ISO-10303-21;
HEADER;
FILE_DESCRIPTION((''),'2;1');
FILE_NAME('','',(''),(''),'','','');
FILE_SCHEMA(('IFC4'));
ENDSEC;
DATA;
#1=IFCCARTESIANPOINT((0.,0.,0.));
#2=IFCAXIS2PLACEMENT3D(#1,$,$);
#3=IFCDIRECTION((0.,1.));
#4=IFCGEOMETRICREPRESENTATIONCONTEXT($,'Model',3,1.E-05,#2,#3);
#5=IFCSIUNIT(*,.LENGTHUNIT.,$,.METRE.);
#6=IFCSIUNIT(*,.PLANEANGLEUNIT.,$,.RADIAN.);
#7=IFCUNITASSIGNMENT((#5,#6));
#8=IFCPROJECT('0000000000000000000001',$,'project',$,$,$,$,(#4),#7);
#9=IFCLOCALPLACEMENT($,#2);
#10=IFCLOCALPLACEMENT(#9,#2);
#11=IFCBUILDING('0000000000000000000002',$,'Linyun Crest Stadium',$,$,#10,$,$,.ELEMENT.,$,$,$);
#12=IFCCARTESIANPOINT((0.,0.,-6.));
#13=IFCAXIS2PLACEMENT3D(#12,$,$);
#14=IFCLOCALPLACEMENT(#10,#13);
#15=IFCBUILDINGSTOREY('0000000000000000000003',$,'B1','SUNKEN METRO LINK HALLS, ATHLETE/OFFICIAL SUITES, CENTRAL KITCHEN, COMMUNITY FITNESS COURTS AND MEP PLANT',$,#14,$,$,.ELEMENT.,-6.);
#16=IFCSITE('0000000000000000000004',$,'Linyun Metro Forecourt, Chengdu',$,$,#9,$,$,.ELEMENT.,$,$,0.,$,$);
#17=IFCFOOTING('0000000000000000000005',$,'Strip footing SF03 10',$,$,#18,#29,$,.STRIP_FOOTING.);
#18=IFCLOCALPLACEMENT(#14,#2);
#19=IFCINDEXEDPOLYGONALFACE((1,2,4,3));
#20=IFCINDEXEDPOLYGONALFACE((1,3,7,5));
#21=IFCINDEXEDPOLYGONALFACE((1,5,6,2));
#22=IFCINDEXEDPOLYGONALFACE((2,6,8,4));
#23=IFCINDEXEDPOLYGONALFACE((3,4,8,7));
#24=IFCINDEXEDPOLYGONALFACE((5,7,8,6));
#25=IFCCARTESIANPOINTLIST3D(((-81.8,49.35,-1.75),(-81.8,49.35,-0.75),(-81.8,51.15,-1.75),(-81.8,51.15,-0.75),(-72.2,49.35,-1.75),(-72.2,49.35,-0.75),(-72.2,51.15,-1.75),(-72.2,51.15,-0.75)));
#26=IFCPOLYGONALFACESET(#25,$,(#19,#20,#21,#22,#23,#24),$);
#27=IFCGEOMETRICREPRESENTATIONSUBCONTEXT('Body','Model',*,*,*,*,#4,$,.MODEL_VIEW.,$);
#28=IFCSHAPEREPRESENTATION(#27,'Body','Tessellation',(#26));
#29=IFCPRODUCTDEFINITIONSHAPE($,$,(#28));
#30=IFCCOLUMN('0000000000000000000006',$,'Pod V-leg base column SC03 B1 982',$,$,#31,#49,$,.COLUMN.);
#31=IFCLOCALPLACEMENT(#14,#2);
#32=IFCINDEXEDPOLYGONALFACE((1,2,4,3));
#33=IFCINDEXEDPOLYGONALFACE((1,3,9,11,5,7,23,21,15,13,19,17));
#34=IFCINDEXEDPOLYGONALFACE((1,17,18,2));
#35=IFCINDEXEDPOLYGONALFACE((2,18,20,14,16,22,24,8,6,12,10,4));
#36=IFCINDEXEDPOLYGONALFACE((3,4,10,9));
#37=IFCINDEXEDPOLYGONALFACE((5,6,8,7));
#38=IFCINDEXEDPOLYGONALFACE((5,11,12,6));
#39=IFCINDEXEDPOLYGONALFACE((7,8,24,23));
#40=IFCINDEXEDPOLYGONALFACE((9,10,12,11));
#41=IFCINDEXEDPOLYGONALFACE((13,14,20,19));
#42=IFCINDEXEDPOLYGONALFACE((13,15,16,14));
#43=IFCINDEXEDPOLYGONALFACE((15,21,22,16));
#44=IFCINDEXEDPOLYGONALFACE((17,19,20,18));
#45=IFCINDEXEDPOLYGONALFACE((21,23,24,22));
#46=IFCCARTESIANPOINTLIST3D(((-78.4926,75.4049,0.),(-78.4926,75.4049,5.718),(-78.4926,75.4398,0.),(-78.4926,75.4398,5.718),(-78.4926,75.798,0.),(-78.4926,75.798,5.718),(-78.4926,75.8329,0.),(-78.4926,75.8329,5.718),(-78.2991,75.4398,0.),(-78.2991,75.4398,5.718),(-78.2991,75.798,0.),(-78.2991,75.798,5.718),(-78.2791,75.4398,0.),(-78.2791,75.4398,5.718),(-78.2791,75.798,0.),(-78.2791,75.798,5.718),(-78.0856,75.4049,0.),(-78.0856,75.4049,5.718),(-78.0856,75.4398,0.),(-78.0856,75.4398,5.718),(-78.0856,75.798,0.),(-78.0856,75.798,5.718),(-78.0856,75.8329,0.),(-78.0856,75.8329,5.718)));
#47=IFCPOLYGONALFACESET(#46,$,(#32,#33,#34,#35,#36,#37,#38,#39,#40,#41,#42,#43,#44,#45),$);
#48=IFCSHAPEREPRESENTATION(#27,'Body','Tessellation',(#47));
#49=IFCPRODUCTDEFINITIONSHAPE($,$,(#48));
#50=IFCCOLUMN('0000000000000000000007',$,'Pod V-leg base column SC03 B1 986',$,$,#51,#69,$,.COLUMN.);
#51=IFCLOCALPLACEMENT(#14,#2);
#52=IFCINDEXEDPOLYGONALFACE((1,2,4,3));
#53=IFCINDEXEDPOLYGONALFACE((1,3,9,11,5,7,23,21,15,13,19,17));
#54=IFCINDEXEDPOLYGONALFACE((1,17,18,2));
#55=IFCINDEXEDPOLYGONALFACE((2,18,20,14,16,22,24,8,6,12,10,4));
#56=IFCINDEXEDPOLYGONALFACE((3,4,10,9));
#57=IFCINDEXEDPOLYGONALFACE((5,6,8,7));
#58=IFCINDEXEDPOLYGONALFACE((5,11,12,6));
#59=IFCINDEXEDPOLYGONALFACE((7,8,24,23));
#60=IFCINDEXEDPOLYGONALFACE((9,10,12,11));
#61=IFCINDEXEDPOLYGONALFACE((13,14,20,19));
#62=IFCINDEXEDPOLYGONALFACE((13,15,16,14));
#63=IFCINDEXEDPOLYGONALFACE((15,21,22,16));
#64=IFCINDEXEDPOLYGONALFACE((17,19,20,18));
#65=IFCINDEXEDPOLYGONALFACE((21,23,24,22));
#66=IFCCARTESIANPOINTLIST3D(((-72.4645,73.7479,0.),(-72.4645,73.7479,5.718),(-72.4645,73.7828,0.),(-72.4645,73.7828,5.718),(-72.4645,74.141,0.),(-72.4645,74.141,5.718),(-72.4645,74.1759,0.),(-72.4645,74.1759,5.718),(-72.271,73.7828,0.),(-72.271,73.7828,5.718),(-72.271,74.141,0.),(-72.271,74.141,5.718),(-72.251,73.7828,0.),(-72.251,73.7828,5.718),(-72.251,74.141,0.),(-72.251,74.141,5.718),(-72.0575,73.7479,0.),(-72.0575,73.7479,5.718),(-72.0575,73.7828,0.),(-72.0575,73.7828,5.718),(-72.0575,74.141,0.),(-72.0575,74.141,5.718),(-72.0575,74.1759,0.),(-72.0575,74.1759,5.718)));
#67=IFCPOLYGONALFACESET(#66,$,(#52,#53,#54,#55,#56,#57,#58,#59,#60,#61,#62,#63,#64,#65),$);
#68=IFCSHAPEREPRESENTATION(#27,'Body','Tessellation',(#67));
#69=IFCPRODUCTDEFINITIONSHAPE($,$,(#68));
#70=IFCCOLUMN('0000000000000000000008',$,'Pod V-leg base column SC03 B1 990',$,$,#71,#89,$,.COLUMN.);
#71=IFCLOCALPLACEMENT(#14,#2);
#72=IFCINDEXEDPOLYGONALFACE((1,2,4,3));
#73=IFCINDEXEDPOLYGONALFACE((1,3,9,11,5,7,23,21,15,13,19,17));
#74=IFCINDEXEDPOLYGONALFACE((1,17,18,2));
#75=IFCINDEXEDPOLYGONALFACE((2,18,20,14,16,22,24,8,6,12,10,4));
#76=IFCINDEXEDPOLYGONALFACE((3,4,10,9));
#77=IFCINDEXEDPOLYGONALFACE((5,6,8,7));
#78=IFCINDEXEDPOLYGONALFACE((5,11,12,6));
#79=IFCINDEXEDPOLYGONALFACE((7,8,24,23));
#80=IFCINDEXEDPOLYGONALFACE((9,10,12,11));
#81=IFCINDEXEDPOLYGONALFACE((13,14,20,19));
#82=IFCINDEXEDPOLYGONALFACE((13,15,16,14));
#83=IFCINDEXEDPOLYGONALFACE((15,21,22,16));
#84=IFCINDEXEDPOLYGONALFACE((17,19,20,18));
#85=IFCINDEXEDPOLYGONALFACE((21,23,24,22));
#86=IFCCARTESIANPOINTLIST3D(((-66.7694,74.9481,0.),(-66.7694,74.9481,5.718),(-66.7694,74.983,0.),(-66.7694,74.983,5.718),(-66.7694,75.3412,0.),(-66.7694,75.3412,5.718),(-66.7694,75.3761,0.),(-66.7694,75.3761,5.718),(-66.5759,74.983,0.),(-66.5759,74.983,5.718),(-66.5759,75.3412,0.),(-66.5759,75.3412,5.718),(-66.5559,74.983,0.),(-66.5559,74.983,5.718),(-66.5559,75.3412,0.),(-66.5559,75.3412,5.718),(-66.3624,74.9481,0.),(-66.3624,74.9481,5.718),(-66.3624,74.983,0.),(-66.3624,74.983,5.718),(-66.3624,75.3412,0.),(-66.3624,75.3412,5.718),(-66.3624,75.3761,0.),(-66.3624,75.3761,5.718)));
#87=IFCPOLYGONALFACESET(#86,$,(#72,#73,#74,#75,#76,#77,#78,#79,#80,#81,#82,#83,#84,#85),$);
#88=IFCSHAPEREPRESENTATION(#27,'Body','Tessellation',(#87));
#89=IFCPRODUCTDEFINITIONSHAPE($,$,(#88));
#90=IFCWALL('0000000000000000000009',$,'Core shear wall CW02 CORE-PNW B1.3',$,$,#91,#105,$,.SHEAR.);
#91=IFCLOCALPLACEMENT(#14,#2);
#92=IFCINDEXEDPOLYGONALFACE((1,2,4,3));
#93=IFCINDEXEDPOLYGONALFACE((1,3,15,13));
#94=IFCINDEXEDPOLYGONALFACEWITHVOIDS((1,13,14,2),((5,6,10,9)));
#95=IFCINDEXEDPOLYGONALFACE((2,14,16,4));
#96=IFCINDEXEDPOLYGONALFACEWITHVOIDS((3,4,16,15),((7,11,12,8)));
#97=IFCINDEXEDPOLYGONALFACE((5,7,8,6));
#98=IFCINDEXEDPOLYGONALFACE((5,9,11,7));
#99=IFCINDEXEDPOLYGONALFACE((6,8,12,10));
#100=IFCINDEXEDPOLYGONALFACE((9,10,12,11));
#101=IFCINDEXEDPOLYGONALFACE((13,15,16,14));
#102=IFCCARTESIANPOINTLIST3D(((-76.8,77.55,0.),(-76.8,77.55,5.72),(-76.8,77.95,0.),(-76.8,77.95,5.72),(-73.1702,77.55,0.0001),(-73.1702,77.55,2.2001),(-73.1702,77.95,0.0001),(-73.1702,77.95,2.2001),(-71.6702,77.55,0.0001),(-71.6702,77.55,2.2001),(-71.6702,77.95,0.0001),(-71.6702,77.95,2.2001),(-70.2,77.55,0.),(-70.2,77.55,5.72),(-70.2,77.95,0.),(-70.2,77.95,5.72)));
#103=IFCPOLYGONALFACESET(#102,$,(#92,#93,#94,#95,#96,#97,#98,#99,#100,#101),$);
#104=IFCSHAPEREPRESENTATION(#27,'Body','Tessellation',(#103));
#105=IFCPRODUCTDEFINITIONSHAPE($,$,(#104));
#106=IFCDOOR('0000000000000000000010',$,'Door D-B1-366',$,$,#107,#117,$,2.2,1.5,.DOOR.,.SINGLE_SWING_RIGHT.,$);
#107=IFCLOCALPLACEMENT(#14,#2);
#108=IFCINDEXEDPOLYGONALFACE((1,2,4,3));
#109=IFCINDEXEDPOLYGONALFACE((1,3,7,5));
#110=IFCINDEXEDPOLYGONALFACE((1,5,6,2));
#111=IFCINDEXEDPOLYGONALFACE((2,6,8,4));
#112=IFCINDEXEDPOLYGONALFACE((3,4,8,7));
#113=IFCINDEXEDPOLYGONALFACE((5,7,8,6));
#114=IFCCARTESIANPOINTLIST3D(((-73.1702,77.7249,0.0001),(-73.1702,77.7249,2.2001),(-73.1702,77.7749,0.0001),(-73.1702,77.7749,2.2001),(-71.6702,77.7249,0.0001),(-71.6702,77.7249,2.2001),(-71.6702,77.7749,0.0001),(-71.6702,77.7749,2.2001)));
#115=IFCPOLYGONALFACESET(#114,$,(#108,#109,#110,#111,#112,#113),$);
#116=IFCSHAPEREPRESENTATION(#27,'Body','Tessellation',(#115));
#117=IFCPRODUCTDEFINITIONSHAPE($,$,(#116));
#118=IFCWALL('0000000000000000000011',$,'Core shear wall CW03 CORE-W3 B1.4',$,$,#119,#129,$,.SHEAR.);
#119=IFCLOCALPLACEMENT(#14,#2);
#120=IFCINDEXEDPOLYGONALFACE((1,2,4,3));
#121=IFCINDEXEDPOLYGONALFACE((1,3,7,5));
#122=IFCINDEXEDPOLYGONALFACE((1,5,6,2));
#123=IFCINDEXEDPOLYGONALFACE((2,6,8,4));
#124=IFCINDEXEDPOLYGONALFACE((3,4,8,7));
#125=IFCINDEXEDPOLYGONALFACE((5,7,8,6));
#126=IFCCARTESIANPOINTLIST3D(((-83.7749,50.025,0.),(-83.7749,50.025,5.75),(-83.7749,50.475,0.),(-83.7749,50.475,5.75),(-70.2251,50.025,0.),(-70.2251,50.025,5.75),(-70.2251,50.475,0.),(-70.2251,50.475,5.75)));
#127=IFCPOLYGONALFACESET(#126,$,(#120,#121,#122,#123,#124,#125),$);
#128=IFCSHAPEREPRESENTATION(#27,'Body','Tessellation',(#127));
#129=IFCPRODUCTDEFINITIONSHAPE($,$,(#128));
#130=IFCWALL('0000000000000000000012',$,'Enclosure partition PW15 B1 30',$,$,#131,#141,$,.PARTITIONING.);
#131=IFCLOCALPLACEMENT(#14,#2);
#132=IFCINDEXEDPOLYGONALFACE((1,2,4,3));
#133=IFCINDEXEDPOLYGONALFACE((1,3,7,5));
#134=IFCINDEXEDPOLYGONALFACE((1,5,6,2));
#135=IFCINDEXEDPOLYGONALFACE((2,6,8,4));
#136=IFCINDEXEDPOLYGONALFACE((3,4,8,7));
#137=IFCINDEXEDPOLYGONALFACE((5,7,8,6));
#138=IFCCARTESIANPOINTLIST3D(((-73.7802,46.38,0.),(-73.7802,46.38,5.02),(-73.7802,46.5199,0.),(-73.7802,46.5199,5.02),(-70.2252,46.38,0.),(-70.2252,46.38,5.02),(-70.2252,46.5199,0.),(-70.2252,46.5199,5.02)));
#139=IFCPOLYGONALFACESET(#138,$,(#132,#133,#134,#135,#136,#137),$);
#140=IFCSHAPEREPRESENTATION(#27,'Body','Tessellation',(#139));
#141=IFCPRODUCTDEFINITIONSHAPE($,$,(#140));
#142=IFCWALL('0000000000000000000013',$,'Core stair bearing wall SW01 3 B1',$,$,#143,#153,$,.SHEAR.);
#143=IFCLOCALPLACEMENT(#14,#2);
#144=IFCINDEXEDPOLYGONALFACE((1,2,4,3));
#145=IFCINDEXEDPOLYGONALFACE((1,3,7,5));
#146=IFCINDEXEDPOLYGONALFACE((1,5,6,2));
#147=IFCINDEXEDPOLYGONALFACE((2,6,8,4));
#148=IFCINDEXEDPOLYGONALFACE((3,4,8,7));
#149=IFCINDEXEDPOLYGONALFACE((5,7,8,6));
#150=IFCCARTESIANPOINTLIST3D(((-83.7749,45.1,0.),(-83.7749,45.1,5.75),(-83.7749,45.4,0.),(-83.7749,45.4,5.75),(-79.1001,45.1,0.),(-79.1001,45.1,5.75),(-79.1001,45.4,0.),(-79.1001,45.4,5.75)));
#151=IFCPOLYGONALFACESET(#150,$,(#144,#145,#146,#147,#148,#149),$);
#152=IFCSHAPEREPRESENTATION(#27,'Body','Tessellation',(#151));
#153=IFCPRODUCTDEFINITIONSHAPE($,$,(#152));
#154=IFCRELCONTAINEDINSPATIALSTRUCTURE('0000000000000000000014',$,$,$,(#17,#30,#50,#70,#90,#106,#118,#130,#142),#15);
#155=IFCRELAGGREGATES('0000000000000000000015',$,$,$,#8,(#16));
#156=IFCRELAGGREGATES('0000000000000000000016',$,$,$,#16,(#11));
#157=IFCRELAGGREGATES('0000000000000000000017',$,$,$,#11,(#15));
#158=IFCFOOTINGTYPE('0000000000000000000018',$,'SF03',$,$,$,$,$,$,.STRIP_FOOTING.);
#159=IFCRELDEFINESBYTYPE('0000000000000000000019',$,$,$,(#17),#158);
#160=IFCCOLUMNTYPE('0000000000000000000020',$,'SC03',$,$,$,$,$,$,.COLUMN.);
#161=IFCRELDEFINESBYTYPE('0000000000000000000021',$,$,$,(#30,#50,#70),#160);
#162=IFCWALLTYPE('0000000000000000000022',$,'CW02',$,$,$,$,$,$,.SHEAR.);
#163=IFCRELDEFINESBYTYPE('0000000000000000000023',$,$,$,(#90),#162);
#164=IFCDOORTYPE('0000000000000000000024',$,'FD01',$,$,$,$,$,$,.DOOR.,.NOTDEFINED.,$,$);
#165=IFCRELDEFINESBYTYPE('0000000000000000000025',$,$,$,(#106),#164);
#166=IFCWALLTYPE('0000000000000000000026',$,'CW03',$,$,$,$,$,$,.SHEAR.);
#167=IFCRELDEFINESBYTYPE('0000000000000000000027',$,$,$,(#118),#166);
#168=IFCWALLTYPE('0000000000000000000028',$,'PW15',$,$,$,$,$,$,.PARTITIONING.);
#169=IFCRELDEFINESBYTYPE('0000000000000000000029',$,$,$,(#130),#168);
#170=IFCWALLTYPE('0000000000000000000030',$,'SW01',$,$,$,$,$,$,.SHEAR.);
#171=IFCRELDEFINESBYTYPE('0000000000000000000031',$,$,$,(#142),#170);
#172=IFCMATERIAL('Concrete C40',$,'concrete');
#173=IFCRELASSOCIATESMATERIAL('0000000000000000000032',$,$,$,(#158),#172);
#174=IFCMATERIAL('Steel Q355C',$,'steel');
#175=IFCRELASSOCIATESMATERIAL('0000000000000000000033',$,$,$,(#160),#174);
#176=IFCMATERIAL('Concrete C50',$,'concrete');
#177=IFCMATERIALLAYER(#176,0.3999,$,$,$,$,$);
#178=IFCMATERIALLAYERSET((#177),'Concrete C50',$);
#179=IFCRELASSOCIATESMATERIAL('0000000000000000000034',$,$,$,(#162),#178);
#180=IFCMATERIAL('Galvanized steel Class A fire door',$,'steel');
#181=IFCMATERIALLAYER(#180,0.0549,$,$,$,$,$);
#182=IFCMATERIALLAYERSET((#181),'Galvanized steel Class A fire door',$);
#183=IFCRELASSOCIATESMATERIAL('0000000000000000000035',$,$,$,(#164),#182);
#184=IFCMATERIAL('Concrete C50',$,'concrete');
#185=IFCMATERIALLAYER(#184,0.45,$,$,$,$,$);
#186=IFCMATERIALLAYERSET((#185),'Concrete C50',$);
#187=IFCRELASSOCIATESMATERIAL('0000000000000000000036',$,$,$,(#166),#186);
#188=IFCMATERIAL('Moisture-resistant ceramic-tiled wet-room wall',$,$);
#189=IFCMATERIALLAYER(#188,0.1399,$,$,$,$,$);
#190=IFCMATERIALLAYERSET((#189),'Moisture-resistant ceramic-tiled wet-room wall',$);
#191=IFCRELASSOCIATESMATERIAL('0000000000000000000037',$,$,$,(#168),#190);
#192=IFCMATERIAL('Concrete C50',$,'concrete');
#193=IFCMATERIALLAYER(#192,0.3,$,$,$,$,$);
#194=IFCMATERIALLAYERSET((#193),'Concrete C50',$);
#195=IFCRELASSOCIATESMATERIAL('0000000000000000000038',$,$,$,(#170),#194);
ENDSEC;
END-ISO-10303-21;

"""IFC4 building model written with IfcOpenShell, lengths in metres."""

from ifc_helpers import new_model, si_unit, direction, frame, frame_2d, origin, origin_2d, place, context, subcontext, project, spatial, rectangle, i_section, extrude, material, layer, layer_set, material_profile, profile_set, type_object, element, fill, save


model = new_model("IFC4")

# Units and contexts
model_context = context("Model", 3, precision=1e-05, world=origin(), true_north=direction((0.0, 1.0)))
body_context = subcontext(model_context, "Body", "Model", "MODEL_VIEW")
ifc_project = project(units=[si_unit("LENGTHUNIT", "METRE"), si_unit("PLANEANGLEUNIT", "RADIAN")], contexts=[model_context])

# Site, building, storey
site_placement = place(None, origin())
site = spatial("IfcSite", under=ifc_project, at=site_placement, Name="Linyun Metro Forecourt, Chengdu", CompositionType="ELEMENT", RefElevation=0.0)
building_placement = place(site_placement, origin())
building = spatial("IfcBuilding", under=site, at=building_placement, Name="Linyun Crest Stadium", CompositionType="ELEMENT")
storey_placement = place(building_placement, frame((0.0, 0.0, -6.0)))
storey = spatial("IfcBuildingStorey", under=building, at=storey_placement, Name="B1", Description="SUNKEN METRO LINK HALLS, ATHLETE/OFFICIAL SUITES, CENTRAL KITCHEN, COMMUNITY FITNESS COURTS AND MEP PLANT", CompositionType="ELEMENT", Elevation=-6.0)

# Footing
ifc_material_1 = material(Name="Concrete C40", Category="concrete")
footing_type = type_object("IfcFootingType", Name="SF03", PredefinedType="STRIP_FOOTING", material=ifc_material_1)
footing_placement = place(storey_placement, frame((-77.0, 50.25, -1.75), z_axis=(0.0, 0.0, 1.0), x_axis=(1.0, 0.0, 0.0)))
element("IfcFooting", 1, at=footing_placement, inside=storey, type_object=footing_type, Name="Strip footing SF03 10", PredefinedType="STRIP_FOOTING", context=body_context, shape_type="SweptSolid", body=[
    extrude(rectangle(XDim=9.6001, YDim=1.8, at=origin_2d()), origin(), (0.0, 0.0, 1.0), 1.0),
])

# Columns
ifc_material_2 = material(Name="Steel Q355C", Category="steel")
ifc_material_profile_1 = material_profile(ifc_material_2, i_section(OverallWidth=0.407, OverallDepth=0.428, WebThickness=0.02, FlangeThickness=0.0349, at=origin_2d()), Name="HW 428x407")
ifc_profile_set_1 = profile_set([ifc_material_profile_1], Name="Steel Q355C")
column_type = type_object("IfcColumnType", Name="SC03", PredefinedType="COLUMN", material=ifc_profile_set_1)
for number, where, z_axis, x_axis, name in (
    (2, (-78.2891, 75.6189, 0.0), (0.0, 0.0, 1.0), (1.0, 0.0, 0.0), "Pod V-leg base column SC03 B1 982"),
    (3, (-72.261, 73.9619, 0.0), (0.0, 0.0, 1.0), (1.0, 0.0, 0.0), "Pod V-leg base column SC03 B1 986"),
    (4, (-66.5659, 75.1621, 0.0), (0.0, 0.0, 1.0), (1.0, 0.0, 0.0), "Pod V-leg base column SC03 B1 990"),
):
    element("IfcColumn", number, at=place(storey_placement, frame(where, z_axis=z_axis, x_axis=x_axis)), inside=storey, type_object=column_type, Name=name, PredefinedType="COLUMN", context=body_context, shape_type="SweptSolid", body=[
        extrude(i_section(OverallWidth=0.407, OverallDepth=0.428, WebThickness=0.02, FlangeThickness=0.0349, at=origin_2d()), origin(), (0.0, 0.0, 1.0), 5.718),
    ])

# Wall, opening, door
ifc_material_3 = material(Name="Concrete C50", Category="concrete")
ifc_layer_1 = layer(ifc_material_3, 0.3999)
ifc_layer_set_1 = layer_set([ifc_layer_1], Name="Concrete C50")
wall_type_1 = type_object("IfcWallType", Name="CW02", PredefinedType="SHEAR", material=ifc_layer_set_1)
wall_1_placement = place(storey_placement, frame((-76.8, 77.75, 0.0), z_axis=(0.0, 0.0, 1.0), x_axis=(1.0, 0.0, 0.0)))
wall_1 = element("IfcWall", 5, at=wall_1_placement, inside=storey, type_object=wall_type_1, Name="Core shear wall CW02 CORE-PNW B1.3", PredefinedType="SHEAR", context=body_context, shape_type="SweptSolid", body=[
    extrude(rectangle(XDim=6.6001, YDim=0.3999, at=frame_2d((3.3, 0.0))), origin(), (0.0, 0.0, 1.0), 5.72),
])
opening_placement = place(wall_1_placement, frame((3.6299, 0.0, 0.0)))
opening = element("IfcOpeningElement", 6, at=opening_placement, cuts=wall_1, PredefinedType="OPENING", context=body_context, shape_type="SweptSolid", body=[
    extrude(rectangle(XDim=1.5, YDim=2.2, at=frame_2d((0.75, 1.1001))), frame((0.0, 0.21, 0.0), z_axis=(0.0, -1.0, 0.0), x_axis=(1.0, 0.0, 0.0)), (0.0, 0.0, 1.0), 0.4199),
])
ifc_material_4 = material(Name="Galvanized steel Class A fire door", Category="steel")
ifc_layer_2 = layer(ifc_material_4, 0.0549)
ifc_layer_set_2 = layer_set([ifc_layer_2], Name="Galvanized steel Class A fire door")
door_type = type_object("IfcDoorType", Name="FD01", OperationType="NOTDEFINED", PredefinedType="DOOR", material=ifc_layer_set_2)
door_placement = place(opening_placement, origin())
door = element("IfcDoor", 7, at=door_placement, inside=storey, type_object=door_type, Name="Door D-B1-366", OperationType="SINGLE_SWING_RIGHT", OverallHeight=2.2, OverallWidth=1.5, PredefinedType="DOOR", context=body_context, shape_type="SweptSolid", body=[
    extrude(rectangle(XDim=1.5, YDim=2.2, at=frame_2d((0.75, 1.1001))), frame((0.0, 0.0249, 0.0), z_axis=(0.0, -1.0, 0.0), x_axis=(1.0, 0.0, 0.0)), (0.0, 0.0, 1.0), 0.05),
])
fill(opening, door)

# Walls
ifc_material_5 = material(Name="Concrete C50", Category="concrete")
ifc_layer_3 = layer(ifc_material_5, 0.45)
ifc_layer_set_3 = layer_set([ifc_layer_3], Name="Concrete C50")
wall_type_2 = type_object("IfcWallType", Name="CW03", PredefinedType="SHEAR", material=ifc_layer_set_3)
wall_2_placement = place(storey_placement, frame((-83.7749, 50.25, 0.0), z_axis=(0.0, 0.0, 1.0), x_axis=(1.0, 0.0, 0.0)))
element("IfcWall", 8, at=wall_2_placement, inside=storey, type_object=wall_type_2, Name="Core shear wall CW03 CORE-W3 B1.4", PredefinedType="SHEAR", context=body_context, shape_type="SweptSolid", body=[
    extrude(rectangle(XDim=13.5498, YDim=0.45, at=frame_2d((6.7749, 0.0))), origin(), (0.0, 0.0, 1.0), 5.75),
])
ifc_material_6 = material(Name="Moisture-resistant ceramic-tiled wet-room wall")
ifc_layer_4 = layer(ifc_material_6, 0.1399)
ifc_layer_set_4 = layer_set([ifc_layer_4], Name="Moisture-resistant ceramic-tiled wet-room wall")
wall_type_3 = type_object("IfcWallType", Name="PW15", PredefinedType="PARTITIONING", material=ifc_layer_set_4)
wall_3_placement = place(storey_placement, frame((-73.78, 46.45, 0.0), z_axis=(0.0, 0.0, 1.0), x_axis=(1.0, 0.0, 0.0)))
element("IfcWall", 9, at=wall_3_placement, inside=storey, type_object=wall_type_3, Name="Enclosure partition PW15 B1 30", PredefinedType="PARTITIONING", context=body_context, shape_type="SweptSolid", body=[
    extrude(rectangle(XDim=3.5549, YDim=0.1399, at=frame_2d((1.7773, 0.0))), origin(), (0.0, 0.0, 1.0), 5.02),
])
ifc_material_7 = material(Name="Concrete C50", Category="concrete")
ifc_layer_5 = layer(ifc_material_7, 0.3)
ifc_layer_set_5 = layer_set([ifc_layer_5], Name="Concrete C50")
wall_type_4 = type_object("IfcWallType", Name="SW01", PredefinedType="SHEAR", material=ifc_layer_set_5)
wall_4_placement = place(storey_placement, frame((-83.7749, 45.25, 0.0), z_axis=(0.0, 0.0, 1.0), x_axis=(1.0, 0.0, 0.0)))
element("IfcWall", 10, at=wall_4_placement, inside=storey, type_object=wall_type_4, Name="Core stair bearing wall SW01 3 B1", PredefinedType="SHEAR", context=body_context, shape_type="SweptSolid", body=[
    extrude(rectangle(XDim=4.6748, YDim=0.3, at=frame_2d((2.3374, 0.0))), origin(), (0.0, 0.0, 1.0), 5.75),
])

save(model, "model.ifc")
